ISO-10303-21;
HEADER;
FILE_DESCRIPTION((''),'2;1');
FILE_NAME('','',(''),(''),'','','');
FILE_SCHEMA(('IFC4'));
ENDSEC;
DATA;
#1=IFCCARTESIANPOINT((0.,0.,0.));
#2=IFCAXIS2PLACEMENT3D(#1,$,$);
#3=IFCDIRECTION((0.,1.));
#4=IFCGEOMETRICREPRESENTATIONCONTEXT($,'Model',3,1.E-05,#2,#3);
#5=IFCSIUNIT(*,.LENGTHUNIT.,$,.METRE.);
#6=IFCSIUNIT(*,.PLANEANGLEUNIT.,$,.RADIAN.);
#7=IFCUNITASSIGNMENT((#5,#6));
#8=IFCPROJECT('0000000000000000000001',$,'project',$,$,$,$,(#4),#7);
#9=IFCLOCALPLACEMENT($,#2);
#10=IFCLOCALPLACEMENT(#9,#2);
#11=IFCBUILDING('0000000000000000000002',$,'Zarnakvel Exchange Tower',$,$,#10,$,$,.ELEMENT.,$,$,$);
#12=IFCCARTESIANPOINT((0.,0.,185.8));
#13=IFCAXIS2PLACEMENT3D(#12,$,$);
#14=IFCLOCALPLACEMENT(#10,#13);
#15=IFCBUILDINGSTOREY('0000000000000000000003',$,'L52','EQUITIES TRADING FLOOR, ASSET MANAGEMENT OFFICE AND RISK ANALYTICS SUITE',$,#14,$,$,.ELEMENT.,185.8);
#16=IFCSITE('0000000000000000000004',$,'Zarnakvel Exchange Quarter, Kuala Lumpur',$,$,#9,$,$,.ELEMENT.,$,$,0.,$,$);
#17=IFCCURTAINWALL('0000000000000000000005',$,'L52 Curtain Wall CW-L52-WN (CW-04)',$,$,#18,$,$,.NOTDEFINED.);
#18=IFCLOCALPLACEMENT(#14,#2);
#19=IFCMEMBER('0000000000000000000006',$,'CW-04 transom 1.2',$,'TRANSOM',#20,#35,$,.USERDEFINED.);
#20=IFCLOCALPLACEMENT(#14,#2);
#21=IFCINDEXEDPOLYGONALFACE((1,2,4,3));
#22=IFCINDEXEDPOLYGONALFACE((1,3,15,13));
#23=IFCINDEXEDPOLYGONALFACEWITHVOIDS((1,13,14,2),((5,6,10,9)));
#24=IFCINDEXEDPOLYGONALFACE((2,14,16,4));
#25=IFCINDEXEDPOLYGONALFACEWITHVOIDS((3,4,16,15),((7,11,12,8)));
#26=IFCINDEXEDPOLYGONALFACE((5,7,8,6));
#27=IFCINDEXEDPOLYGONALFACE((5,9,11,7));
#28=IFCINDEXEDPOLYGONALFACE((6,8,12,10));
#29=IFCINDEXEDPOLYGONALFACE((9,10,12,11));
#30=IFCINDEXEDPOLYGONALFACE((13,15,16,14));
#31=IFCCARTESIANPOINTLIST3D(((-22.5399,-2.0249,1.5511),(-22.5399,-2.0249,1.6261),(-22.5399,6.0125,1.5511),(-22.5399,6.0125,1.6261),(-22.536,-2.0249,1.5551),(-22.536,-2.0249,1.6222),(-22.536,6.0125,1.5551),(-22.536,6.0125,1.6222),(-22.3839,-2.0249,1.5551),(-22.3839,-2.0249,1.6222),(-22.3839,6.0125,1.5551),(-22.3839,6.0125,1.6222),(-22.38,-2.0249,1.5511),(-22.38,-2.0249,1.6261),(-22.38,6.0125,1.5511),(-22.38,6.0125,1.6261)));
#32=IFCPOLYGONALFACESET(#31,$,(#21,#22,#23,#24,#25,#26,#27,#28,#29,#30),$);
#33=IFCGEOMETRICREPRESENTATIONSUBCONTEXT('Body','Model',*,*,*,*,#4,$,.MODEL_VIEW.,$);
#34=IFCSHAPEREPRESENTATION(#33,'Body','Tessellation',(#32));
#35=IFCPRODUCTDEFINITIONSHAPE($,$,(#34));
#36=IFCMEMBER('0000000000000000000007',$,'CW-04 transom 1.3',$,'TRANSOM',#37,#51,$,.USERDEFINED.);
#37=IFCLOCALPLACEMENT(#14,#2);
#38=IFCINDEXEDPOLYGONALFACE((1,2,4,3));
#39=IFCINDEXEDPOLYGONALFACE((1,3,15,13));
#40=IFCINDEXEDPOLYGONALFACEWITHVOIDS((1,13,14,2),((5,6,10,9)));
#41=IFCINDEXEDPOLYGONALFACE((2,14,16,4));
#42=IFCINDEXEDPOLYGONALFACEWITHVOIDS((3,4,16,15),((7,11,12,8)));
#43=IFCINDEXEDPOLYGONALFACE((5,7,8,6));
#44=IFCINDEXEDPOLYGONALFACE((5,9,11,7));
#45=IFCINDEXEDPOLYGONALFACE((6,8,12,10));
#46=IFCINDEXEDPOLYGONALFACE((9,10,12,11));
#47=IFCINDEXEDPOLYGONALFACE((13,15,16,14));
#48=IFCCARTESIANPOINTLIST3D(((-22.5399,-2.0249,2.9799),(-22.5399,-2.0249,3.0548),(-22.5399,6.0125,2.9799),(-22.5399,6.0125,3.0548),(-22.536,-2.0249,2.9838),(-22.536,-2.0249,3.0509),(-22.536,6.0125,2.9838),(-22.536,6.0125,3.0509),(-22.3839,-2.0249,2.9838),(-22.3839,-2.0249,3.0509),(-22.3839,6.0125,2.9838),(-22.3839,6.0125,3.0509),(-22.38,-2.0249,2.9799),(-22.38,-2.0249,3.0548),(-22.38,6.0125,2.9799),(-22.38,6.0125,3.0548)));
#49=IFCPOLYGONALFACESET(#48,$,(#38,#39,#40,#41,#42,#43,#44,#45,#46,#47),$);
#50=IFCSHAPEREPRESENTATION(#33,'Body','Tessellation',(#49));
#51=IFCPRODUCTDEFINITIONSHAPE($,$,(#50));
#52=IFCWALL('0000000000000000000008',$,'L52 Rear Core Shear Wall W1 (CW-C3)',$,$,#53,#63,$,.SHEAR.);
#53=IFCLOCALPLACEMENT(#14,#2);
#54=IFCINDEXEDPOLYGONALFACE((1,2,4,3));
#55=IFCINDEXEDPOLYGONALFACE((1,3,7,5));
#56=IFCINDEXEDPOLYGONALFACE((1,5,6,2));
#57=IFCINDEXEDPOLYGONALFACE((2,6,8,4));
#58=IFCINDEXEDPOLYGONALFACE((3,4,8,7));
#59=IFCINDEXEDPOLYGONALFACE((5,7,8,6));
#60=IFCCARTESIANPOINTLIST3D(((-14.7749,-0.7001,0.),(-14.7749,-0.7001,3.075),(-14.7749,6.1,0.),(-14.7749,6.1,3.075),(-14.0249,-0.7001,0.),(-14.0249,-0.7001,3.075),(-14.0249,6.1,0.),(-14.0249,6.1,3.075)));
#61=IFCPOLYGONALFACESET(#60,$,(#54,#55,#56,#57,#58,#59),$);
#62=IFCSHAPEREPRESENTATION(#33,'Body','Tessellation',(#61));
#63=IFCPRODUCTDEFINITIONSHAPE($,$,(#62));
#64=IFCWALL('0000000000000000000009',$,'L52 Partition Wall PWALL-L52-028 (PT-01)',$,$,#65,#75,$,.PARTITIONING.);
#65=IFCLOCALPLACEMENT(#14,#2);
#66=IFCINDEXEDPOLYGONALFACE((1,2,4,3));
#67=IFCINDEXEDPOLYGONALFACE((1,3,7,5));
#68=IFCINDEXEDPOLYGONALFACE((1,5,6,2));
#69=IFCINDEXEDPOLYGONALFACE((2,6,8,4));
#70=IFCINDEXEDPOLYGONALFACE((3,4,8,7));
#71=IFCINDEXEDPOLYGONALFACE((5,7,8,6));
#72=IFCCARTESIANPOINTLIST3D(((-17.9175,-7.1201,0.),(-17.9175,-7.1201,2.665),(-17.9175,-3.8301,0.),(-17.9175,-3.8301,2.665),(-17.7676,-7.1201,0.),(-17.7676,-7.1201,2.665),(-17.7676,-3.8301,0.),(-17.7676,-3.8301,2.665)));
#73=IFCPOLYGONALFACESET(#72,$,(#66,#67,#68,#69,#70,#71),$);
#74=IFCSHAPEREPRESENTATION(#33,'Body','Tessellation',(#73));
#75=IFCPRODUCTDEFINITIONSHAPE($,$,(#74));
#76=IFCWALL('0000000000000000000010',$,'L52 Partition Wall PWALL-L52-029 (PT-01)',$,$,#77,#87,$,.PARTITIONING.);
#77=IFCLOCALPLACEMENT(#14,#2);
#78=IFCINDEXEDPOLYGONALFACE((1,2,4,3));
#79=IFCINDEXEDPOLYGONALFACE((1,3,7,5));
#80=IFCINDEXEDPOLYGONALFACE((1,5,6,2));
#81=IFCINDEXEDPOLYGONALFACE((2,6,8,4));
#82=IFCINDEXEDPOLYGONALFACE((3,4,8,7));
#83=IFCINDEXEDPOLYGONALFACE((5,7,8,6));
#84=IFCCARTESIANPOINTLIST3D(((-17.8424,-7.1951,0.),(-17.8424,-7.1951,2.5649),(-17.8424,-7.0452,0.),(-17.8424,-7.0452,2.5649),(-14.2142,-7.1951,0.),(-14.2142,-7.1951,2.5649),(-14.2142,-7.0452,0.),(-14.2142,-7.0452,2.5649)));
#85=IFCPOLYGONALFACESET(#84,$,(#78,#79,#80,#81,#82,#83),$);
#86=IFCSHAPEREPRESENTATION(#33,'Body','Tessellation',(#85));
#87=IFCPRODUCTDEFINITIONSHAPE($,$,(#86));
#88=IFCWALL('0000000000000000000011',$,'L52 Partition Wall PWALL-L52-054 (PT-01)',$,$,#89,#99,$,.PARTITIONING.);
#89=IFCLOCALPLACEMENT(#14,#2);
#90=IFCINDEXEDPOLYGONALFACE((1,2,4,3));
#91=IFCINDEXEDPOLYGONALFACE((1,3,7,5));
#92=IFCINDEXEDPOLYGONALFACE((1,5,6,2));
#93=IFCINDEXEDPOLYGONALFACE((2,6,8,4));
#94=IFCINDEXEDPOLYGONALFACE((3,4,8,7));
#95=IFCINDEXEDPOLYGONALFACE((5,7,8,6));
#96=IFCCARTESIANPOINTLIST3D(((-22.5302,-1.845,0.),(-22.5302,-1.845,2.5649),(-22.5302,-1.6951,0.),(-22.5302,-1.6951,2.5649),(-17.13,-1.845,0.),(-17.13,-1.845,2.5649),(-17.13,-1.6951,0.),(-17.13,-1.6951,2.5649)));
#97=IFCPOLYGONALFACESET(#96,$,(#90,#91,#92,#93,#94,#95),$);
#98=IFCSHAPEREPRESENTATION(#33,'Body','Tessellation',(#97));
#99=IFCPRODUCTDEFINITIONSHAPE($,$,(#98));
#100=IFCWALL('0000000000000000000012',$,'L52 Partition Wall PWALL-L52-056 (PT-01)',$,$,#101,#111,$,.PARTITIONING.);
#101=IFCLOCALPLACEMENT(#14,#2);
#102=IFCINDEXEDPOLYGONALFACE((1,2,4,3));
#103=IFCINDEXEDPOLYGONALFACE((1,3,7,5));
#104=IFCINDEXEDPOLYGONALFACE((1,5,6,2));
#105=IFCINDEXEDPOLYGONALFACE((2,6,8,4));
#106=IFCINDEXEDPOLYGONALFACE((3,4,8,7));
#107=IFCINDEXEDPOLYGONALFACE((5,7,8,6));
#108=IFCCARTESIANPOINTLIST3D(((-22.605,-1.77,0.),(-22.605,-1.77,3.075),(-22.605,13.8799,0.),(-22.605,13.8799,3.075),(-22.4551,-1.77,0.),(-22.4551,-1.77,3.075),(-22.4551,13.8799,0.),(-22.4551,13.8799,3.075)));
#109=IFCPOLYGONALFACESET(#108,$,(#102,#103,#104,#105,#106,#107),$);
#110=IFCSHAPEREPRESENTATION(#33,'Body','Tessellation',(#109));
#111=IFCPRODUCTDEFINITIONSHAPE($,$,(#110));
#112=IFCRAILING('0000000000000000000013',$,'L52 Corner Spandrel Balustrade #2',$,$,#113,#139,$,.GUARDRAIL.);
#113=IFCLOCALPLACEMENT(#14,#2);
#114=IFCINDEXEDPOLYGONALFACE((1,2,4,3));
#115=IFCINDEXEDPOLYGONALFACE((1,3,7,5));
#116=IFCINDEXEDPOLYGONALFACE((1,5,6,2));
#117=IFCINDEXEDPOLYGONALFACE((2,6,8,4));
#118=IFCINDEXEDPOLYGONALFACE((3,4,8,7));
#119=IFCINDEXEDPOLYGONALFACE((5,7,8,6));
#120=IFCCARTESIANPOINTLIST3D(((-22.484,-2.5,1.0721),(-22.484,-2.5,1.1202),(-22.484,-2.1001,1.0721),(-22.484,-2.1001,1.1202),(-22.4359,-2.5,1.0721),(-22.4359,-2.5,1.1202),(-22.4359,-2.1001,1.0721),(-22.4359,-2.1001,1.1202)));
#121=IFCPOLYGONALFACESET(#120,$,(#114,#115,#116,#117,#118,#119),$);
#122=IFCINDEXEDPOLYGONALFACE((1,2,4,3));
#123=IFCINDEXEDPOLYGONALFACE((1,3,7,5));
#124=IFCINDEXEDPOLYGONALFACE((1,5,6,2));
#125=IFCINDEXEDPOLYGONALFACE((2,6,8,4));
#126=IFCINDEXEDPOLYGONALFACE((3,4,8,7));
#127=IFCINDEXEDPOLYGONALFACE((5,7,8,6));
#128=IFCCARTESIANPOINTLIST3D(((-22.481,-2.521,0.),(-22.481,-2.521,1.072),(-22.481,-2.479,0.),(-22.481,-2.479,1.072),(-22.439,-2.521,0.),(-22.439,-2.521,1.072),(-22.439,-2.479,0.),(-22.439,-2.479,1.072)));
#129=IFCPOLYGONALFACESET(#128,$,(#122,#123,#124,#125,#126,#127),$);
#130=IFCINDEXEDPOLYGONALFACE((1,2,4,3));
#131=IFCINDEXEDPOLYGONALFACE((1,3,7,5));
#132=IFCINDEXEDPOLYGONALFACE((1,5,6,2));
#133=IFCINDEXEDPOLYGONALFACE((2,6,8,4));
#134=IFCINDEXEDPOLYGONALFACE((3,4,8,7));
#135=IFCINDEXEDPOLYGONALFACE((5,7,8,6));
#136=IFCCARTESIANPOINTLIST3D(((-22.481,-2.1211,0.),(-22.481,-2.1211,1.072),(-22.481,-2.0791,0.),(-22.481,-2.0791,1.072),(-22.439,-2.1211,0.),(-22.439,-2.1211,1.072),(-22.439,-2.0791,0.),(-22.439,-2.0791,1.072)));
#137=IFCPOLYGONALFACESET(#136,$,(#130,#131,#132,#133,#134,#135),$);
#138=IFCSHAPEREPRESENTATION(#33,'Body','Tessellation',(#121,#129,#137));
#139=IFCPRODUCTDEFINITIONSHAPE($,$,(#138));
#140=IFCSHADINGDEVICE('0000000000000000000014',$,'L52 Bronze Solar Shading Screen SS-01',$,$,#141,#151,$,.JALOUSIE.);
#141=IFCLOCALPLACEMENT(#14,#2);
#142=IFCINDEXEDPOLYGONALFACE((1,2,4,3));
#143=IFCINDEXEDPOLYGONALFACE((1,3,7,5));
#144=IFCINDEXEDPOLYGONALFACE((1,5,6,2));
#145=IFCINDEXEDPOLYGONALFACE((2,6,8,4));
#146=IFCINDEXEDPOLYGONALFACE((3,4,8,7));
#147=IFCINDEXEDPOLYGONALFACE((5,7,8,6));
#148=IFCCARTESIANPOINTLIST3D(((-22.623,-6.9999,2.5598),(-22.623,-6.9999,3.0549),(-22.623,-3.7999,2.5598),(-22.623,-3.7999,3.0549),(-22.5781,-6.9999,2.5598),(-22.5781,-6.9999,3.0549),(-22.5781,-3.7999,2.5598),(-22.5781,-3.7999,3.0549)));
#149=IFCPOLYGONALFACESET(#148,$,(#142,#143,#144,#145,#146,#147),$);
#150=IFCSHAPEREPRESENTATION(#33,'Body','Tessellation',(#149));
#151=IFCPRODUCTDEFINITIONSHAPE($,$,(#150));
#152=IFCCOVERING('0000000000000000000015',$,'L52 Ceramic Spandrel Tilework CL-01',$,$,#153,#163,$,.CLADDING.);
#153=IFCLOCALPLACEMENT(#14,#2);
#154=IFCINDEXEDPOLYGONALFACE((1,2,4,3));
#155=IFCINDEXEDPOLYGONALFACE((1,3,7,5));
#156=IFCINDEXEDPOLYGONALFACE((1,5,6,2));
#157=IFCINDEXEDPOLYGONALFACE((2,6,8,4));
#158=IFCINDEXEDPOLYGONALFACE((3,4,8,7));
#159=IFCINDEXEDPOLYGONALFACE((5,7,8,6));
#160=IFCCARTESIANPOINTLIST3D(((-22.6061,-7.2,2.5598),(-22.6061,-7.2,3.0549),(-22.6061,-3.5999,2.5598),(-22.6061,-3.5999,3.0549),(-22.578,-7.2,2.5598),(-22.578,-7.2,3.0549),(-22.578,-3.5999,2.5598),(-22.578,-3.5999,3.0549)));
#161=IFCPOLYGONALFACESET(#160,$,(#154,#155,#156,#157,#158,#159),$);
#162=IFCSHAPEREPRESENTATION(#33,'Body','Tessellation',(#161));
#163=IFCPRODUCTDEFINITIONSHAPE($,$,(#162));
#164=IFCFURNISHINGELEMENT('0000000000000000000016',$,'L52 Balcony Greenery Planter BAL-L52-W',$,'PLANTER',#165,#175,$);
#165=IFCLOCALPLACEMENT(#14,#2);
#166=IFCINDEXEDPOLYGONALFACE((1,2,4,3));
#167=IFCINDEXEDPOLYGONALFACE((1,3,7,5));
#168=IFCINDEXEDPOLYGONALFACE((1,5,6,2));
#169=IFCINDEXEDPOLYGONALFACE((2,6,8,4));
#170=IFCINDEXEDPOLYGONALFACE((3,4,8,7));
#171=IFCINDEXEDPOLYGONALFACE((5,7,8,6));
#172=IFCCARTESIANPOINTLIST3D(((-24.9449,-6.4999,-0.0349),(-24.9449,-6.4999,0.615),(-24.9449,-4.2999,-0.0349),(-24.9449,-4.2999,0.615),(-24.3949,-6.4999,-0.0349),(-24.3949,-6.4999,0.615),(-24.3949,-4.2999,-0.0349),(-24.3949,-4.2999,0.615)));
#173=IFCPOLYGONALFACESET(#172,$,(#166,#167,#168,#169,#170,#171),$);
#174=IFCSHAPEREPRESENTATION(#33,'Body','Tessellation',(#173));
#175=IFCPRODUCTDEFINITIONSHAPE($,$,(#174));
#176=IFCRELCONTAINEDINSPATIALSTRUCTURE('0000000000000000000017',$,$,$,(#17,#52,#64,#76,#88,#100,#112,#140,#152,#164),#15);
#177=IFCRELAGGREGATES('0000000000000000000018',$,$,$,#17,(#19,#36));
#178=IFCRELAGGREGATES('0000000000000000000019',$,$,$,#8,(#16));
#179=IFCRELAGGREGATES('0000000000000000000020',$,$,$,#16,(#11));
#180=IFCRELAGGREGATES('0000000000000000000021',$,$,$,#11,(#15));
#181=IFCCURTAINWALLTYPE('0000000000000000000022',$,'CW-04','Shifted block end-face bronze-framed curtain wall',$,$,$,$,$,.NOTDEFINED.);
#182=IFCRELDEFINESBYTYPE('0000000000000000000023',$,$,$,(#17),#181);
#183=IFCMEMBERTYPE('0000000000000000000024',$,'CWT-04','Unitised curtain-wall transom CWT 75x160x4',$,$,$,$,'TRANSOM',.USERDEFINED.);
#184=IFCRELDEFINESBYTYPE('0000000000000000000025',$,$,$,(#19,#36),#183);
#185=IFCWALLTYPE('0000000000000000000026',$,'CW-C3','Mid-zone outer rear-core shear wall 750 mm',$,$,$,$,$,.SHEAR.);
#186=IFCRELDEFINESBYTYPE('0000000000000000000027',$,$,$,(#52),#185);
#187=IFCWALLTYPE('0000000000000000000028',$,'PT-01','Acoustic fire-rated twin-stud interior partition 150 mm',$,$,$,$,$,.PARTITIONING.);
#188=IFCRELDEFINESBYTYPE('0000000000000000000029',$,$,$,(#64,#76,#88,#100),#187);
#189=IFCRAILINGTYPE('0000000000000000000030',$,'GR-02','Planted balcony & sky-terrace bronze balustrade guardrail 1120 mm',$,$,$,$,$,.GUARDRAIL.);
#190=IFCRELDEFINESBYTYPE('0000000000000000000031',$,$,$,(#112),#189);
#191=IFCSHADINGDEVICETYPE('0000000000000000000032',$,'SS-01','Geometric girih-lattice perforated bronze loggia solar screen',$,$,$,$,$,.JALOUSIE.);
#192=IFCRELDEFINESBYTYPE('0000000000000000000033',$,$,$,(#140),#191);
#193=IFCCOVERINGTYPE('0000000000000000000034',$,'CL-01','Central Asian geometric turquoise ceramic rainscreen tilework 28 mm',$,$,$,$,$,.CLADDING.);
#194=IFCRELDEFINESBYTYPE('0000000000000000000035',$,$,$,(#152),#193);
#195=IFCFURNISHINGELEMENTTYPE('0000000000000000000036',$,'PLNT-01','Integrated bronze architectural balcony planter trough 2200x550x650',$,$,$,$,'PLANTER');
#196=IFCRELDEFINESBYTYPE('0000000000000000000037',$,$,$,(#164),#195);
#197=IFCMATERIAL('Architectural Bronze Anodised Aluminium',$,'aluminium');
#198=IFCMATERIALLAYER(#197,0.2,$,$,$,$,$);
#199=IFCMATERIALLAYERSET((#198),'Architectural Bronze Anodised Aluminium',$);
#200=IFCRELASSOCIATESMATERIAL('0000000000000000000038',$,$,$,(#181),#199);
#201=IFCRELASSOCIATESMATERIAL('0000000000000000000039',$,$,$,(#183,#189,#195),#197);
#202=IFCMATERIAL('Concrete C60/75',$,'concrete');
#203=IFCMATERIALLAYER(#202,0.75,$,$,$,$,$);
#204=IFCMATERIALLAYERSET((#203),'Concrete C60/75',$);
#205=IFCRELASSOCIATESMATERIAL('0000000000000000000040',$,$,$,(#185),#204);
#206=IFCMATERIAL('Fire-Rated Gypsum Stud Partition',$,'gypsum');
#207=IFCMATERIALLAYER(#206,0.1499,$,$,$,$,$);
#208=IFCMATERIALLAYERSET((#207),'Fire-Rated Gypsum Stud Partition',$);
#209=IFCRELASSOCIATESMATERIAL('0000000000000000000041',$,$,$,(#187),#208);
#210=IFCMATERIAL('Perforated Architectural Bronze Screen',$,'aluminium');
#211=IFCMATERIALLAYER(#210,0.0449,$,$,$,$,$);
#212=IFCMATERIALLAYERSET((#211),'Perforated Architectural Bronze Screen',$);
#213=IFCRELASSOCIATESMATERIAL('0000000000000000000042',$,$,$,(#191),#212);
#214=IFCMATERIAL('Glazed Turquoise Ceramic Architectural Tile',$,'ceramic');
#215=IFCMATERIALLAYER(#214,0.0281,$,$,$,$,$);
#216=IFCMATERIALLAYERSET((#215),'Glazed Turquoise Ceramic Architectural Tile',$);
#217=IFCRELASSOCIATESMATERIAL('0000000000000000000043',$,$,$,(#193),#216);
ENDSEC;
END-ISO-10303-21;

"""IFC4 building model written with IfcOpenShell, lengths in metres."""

from ifc_helpers import new_model, si_unit, direction, frame, frame_2d, origin, origin_2d, place, context, subcontext, project, spatial, rectangle, hollow_rectangle, extrude, source, transform, mapped, material, layer, layer_set, material_profile, profile_set, type_object, element, aggregate, save


model = new_model("IFC4")

# Units and contexts
model_context = context("Model", 3, precision=1e-05, world=origin(), true_north=direction((0.0, 1.0)))
body_context = subcontext(model_context, "Body", "Model", "MODEL_VIEW")
ifc_project = project(units=[si_unit("LENGTHUNIT", "METRE"), si_unit("PLANEANGLEUNIT", "RADIAN")], contexts=[model_context])

# Site, building, storey
site_placement = place(None, origin())
site = spatial("IfcSite", under=ifc_project, at=site_placement, Name="Zarnakvel Exchange Quarter, Kuala Lumpur", CompositionType="ELEMENT", RefElevation=0.0)
building_placement = place(site_placement, origin())
building = spatial("IfcBuilding", under=site, at=building_placement, Name="Zarnakvel Exchange Tower", CompositionType="ELEMENT")
storey_placement = place(building_placement, frame((0.0, 0.0, 185.8)))
storey = spatial("IfcBuildingStorey", under=building, at=storey_placement, Name="L52", Description="EQUITIES TRADING FLOOR, ASSET MANAGEMENT OFFICE AND RISK ANALYTICS SUITE", CompositionType="ELEMENT", Elevation=185.8)

# Shared definitions
ifc_material_1 = material(Name="Concrete C60/75", Category="concrete")

# Curtain wall, members
ifc_material_2 = material(Name="Architectural Bronze Anodised Aluminium", Category="aluminium")
ifc_layer_1 = layer(ifc_material_2, 0.2)
ifc_layer_set_1 = layer_set([ifc_layer_1], Name="Architectural Bronze Anodised Aluminium")
curtain_wall_type = type_object("IfcCurtainWallType", Name="CW-04", Description="Shifted block end-face bronze-framed curtain wall", PredefinedType="NOTDEFINED", material=ifc_layer_set_1)
curtain_wall_placement = place(storey_placement, origin())
curtain_wall = element("IfcCurtainWall", 1, at=curtain_wall_placement, inside=storey, type_object=curtain_wall_type, Name="L52 Curtain Wall CW-L52-WN (CW-04)", PredefinedType="NOTDEFINED")
ifc_material_profile_1 = material_profile(ifc_material_2, hollow_rectangle(XDim=0.1599, YDim=0.075, WallThickness=0.0039, at=origin_2d()))
ifc_profile_set_1 = profile_set([ifc_material_profile_1], Name="Architectural Bronze Anodised Aluminium")
member_type_1 = type_object("IfcMemberType", Name="CWT-04", Description="Unitised curtain-wall transom CWT 75x160x4", ElementType="TRANSOM", PredefinedType="USERDEFINED", material=ifc_profile_set_1)
shared_shape_1 = source(origin(), body_context, "Body", "SweptSolid", [
    extrude(hollow_rectangle(XDim=0.1599, YDim=0.075, WallThickness=0.0039, at=origin_2d()), origin(), (0.0, 0.0, 1.0), 8.0374),
])
member_1_placement = place(storey_placement, frame((-22.46, -2.0249, 1.5886), z_axis=(0.0, 1.0, 0.0), x_axis=(-1.0, 0.0, 0.0)))
member_1 = element("IfcMember", 2, at=member_1_placement, type_object=member_type_1, Name="CW-04 transom 1.2", ObjectType="TRANSOM", PredefinedType="USERDEFINED", context=body_context, shape_type="MappedRepresentation", body=[
    mapped(shared_shape_1, transform((0.0, 0.0, 0.0), x_axis=(1.0, 0.0, 0.0), y_axis=(0.0, 1.0, 0.0), z_axis=(0.0, 0.0, 1.0), scale=1.0)),
])
member_2_placement = place(storey_placement, frame((-22.46, -2.0249, 3.0173), z_axis=(0.0, 1.0, 0.0), x_axis=(-1.0, 0.0, 0.0)))
member_2 = element("IfcMember", 3, at=member_2_placement, type_object=member_type_1, Name="CW-04 transom 1.3", ObjectType="TRANSOM", PredefinedType="USERDEFINED", context=body_context, shape_type="MappedRepresentation", body=[
    mapped(shared_shape_1, transform((0.0, 0.0, 0.0), x_axis=(1.0, 0.0, 0.0), y_axis=(0.0, 1.0, 0.0), z_axis=(0.0, 0.0, 1.0), scale=1.0)),
])
aggregate(curtain_wall, [member_1, member_2])

# Wall
ifc_layer_2 = layer(ifc_material_1, 0.75)
ifc_layer_set_2 = layer_set([ifc_layer_2], Name="Concrete C60/75")
wall_type_1 = type_object("IfcWallType", Name="CW-C3", Description="Mid-zone outer rear-core shear wall 750 mm", PredefinedType="SHEAR", material=ifc_layer_set_2)
wall_1_placement = place(storey_placement, frame((-14.3999, -0.7, 0.0), z_axis=(0.0, 0.0, 1.0), x_axis=(0.0, 1.0, 0.0)))
element("IfcWall", 4, at=wall_1_placement, inside=storey, type_object=wall_type_1, Name="L52 Rear Core Shear Wall W1 (CW-C3)", PredefinedType="SHEAR", context=body_context, shape_type="SweptSolid", body=[
    extrude(rectangle(XDim=6.8, YDim=0.75, at=frame_2d((3.3999, 0.0))), origin(), (0.0, 0.0, 1.0), 3.075),
])

# Shared definitions
ifc_material_3 = material(Name="Fire-Rated Gypsum Stud Partition", Category="gypsum")
ifc_layer_3 = layer(ifc_material_3, 0.1499)
ifc_layer_set_3 = layer_set([ifc_layer_3], Name="Fire-Rated Gypsum Stud Partition")
wall_type_2 = type_object("IfcWallType", Name="PT-01", Description="Acoustic fire-rated twin-stud interior partition 150 mm", PredefinedType="PARTITIONING", material=ifc_layer_set_3)

# Walls
wall_2_placement = place(storey_placement, frame((-17.8425, -3.8301, 0.0), z_axis=(0.0, 0.0, 1.0), x_axis=(0.0, -1.0, 0.0)))
element("IfcWall", 5, at=wall_2_placement, inside=storey, type_object=wall_type_2, Name="L52 Partition Wall PWALL-L52-028 (PT-01)", PredefinedType="PARTITIONING", context=body_context, shape_type="SweptSolid", body=[
    extrude(rectangle(XDim=3.29, YDim=0.1499, at=frame_2d((1.645, 0.0))), origin(), (0.0, 0.0, 1.0), 2.665),
])
wall_3_placement = place(storey_placement, frame((-14.2144, -7.1201, 0.0), z_axis=(0.0, 0.0, 1.0), x_axis=(-1.0, 0.0, 0.0)))
element("IfcWall", 6, at=wall_3_placement, inside=storey, type_object=wall_type_2, Name="L52 Partition Wall PWALL-L52-029 (PT-01)", PredefinedType="PARTITIONING", context=body_context, shape_type="SweptSolid", body=[
    extrude(rectangle(XDim=3.6282, YDim=0.1499, at=frame_2d((1.814, 0.0))), origin(), (0.0, 0.0, 1.0), 2.5649),
])

# Walls
wall_4_placement = place(storey_placement, frame((-17.1299, -1.77, 0.0), z_axis=(0.0, 0.0, 1.0), x_axis=(-1.0, 0.0, 0.0)))
element("IfcWall", 7, at=wall_4_placement, inside=storey, type_object=wall_type_2, Name="L52 Partition Wall PWALL-L52-054 (PT-01)", PredefinedType="PARTITIONING", context=body_context, shape_type="SweptSolid", body=[
    extrude(rectangle(XDim=5.4001, YDim=0.1499, at=frame_2d((2.7002, 0.0))), origin(), (0.0, 0.0, 1.0), 2.5649),
])
wall_5_placement = place(storey_placement, frame((-22.53, -1.77, 0.0), z_axis=(0.0, 0.0, 1.0), x_axis=(0.0, 1.0, 0.0)))
element("IfcWall", 8, at=wall_5_placement, inside=storey, type_object=wall_type_2, Name="L52 Partition Wall PWALL-L52-056 (PT-01)", PredefinedType="PARTITIONING", context=body_context, shape_type="SweptSolid", body=[
    extrude(rectangle(XDim=15.6499, YDim=0.1499, at=frame_2d((7.825, 0.0))), origin(), (0.0, 0.0, 1.0), 3.075),
])

# Railing
railing_type = type_object("IfcRailingType", Name="GR-02", Description="Planted balcony & sky-terrace bronze balustrade guardrail 1120 mm", PredefinedType="GUARDRAIL", material=ifc_material_2)
railing_placement = place(storey_placement, frame((-22.46, -2.5, 0.0)))
element("IfcRailing", 9, at=railing_placement, inside=storey, type_object=railing_type, Name="L52 Corner Spandrel Balustrade #2", PredefinedType="GUARDRAIL", context=body_context, shape_type="SweptSolid", body=[
    extrude(rectangle(XDim=0.0481, YDim=0.0481, at=origin_2d()), frame((0.0, 0.0, 1.0962), z_axis=(0.0, 1.0, 0.0), x_axis=(-1.0, 0.0, 0.0)), (0.0, 0.0, 1.0), 0.3999),
    extrude(rectangle(XDim=0.042, YDim=0.042, at=origin_2d()), origin(), (0.0, 0.0, 1.0), 1.072),
    extrude(rectangle(XDim=0.042, YDim=0.042, at=origin_2d()), frame((0.0, 0.3999, 0.0)), (0.0, 0.0, 1.0), 1.072),
])

# Shading device
ifc_material_4 = material(Name="Perforated Architectural Bronze Screen", Category="aluminium")
ifc_layer_4 = layer(ifc_material_4, 0.0449)
ifc_layer_set_4 = layer_set([ifc_layer_4], Name="Perforated Architectural Bronze Screen")
shading_device_type = type_object("IfcShadingDeviceType", Name="SS-01", Description="Geometric girih-lattice perforated bronze loggia solar screen", PredefinedType="JALOUSIE", material=ifc_layer_set_4)
shared_shape_2 = source(origin(), body_context, "Body", "SweptSolid", [
    extrude(rectangle(XDim=3.2, YDim=0.0449, at=origin_2d()), origin(), (0.0, 0.0, 1.0), 0.4951),
])
shading_device_placement = place(storey_placement, frame((-22.6006, -5.3999, 2.5598), z_axis=(0.0, 0.0, 1.0), x_axis=(0.0, 1.0, 0.0)))
element("IfcShadingDevice", 10, at=shading_device_placement, inside=storey, type_object=shading_device_type, Name="L52 Bronze Solar Shading Screen SS-01", PredefinedType="JALOUSIE", context=body_context, shape_type="MappedRepresentation", body=[
    mapped(shared_shape_2, transform((0.0, 0.0, 0.0), x_axis=(1.0, 0.0, 0.0), y_axis=(0.0, 1.0, 0.0), z_axis=(0.0, 0.0, 1.0), scale=1.0)),
])

# Covering
ifc_material_5 = material(Name="Glazed Turquoise Ceramic Architectural Tile", Category="ceramic")
ifc_layer_5 = layer(ifc_material_5, 0.0281)
ifc_layer_set_5 = layer_set([ifc_layer_5], Name="Glazed Turquoise Ceramic Architectural Tile")
covering_type = type_object("IfcCoveringType", Name="CL-01", Description="Central Asian geometric turquoise ceramic rainscreen tilework 28 mm", PredefinedType="CLADDING", material=ifc_layer_set_5)
shared_shape_3 = source(origin(), body_context, "Body", "SweptSolid", [
    extrude(rectangle(XDim=3.6001, YDim=0.0281, at=origin_2d()), origin(), (0.0, 0.0, 1.0), 0.4951),
])
covering_placement = place(storey_placement, frame((-22.592, -5.3999, 2.5598), z_axis=(0.0, 0.0, 1.0), x_axis=(0.0, 1.0, 0.0)))
element("IfcCovering", 11, at=covering_placement, inside=storey, type_object=covering_type, Name="L52 Ceramic Spandrel Tilework CL-01", PredefinedType="CLADDING", context=body_context, shape_type="MappedRepresentation", body=[
    mapped(shared_shape_3, transform((0.0, 0.0, 0.0), x_axis=(1.0, 0.0, 0.0), y_axis=(0.0, 1.0, 0.0), z_axis=(0.0, 0.0, 1.0), scale=1.0)),
])

# Furnishing element
furnishing_element_type = type_object("IfcFurnishingElementType", Name="PLNT-01", Description="Integrated bronze architectural balcony planter trough 2200x550x650", ElementType="PLANTER", material=ifc_material_2)
shared_shape_4 = source(origin(), body_context, "Body", "SweptSolid", [
    extrude(rectangle(XDim=2.2, YDim=0.55, at=origin_2d()), origin(), (0.0, 0.0, 1.0), 0.6499),
])
furnishing_placement = place(storey_placement, frame((-24.6699, -5.3999, -0.0349), z_axis=(0.0, 0.0, 1.0), x_axis=(0.0, 1.0, 0.0)))
element("IfcFurnishingElement", 12, at=furnishing_placement, inside=storey, type_object=furnishing_element_type, Name="L52 Balcony Greenery Planter BAL-L52-W", ObjectType="PLANTER", context=body_context, shape_type="MappedRepresentation", body=[
    mapped(shared_shape_4, transform((0.0, 0.0, 0.0), x_axis=(1.0, 0.0, 0.0), y_axis=(0.0, 1.0, 0.0), z_axis=(0.0, 0.0, 1.0), scale=1.0)),
])

save(model, "model.ifc")
